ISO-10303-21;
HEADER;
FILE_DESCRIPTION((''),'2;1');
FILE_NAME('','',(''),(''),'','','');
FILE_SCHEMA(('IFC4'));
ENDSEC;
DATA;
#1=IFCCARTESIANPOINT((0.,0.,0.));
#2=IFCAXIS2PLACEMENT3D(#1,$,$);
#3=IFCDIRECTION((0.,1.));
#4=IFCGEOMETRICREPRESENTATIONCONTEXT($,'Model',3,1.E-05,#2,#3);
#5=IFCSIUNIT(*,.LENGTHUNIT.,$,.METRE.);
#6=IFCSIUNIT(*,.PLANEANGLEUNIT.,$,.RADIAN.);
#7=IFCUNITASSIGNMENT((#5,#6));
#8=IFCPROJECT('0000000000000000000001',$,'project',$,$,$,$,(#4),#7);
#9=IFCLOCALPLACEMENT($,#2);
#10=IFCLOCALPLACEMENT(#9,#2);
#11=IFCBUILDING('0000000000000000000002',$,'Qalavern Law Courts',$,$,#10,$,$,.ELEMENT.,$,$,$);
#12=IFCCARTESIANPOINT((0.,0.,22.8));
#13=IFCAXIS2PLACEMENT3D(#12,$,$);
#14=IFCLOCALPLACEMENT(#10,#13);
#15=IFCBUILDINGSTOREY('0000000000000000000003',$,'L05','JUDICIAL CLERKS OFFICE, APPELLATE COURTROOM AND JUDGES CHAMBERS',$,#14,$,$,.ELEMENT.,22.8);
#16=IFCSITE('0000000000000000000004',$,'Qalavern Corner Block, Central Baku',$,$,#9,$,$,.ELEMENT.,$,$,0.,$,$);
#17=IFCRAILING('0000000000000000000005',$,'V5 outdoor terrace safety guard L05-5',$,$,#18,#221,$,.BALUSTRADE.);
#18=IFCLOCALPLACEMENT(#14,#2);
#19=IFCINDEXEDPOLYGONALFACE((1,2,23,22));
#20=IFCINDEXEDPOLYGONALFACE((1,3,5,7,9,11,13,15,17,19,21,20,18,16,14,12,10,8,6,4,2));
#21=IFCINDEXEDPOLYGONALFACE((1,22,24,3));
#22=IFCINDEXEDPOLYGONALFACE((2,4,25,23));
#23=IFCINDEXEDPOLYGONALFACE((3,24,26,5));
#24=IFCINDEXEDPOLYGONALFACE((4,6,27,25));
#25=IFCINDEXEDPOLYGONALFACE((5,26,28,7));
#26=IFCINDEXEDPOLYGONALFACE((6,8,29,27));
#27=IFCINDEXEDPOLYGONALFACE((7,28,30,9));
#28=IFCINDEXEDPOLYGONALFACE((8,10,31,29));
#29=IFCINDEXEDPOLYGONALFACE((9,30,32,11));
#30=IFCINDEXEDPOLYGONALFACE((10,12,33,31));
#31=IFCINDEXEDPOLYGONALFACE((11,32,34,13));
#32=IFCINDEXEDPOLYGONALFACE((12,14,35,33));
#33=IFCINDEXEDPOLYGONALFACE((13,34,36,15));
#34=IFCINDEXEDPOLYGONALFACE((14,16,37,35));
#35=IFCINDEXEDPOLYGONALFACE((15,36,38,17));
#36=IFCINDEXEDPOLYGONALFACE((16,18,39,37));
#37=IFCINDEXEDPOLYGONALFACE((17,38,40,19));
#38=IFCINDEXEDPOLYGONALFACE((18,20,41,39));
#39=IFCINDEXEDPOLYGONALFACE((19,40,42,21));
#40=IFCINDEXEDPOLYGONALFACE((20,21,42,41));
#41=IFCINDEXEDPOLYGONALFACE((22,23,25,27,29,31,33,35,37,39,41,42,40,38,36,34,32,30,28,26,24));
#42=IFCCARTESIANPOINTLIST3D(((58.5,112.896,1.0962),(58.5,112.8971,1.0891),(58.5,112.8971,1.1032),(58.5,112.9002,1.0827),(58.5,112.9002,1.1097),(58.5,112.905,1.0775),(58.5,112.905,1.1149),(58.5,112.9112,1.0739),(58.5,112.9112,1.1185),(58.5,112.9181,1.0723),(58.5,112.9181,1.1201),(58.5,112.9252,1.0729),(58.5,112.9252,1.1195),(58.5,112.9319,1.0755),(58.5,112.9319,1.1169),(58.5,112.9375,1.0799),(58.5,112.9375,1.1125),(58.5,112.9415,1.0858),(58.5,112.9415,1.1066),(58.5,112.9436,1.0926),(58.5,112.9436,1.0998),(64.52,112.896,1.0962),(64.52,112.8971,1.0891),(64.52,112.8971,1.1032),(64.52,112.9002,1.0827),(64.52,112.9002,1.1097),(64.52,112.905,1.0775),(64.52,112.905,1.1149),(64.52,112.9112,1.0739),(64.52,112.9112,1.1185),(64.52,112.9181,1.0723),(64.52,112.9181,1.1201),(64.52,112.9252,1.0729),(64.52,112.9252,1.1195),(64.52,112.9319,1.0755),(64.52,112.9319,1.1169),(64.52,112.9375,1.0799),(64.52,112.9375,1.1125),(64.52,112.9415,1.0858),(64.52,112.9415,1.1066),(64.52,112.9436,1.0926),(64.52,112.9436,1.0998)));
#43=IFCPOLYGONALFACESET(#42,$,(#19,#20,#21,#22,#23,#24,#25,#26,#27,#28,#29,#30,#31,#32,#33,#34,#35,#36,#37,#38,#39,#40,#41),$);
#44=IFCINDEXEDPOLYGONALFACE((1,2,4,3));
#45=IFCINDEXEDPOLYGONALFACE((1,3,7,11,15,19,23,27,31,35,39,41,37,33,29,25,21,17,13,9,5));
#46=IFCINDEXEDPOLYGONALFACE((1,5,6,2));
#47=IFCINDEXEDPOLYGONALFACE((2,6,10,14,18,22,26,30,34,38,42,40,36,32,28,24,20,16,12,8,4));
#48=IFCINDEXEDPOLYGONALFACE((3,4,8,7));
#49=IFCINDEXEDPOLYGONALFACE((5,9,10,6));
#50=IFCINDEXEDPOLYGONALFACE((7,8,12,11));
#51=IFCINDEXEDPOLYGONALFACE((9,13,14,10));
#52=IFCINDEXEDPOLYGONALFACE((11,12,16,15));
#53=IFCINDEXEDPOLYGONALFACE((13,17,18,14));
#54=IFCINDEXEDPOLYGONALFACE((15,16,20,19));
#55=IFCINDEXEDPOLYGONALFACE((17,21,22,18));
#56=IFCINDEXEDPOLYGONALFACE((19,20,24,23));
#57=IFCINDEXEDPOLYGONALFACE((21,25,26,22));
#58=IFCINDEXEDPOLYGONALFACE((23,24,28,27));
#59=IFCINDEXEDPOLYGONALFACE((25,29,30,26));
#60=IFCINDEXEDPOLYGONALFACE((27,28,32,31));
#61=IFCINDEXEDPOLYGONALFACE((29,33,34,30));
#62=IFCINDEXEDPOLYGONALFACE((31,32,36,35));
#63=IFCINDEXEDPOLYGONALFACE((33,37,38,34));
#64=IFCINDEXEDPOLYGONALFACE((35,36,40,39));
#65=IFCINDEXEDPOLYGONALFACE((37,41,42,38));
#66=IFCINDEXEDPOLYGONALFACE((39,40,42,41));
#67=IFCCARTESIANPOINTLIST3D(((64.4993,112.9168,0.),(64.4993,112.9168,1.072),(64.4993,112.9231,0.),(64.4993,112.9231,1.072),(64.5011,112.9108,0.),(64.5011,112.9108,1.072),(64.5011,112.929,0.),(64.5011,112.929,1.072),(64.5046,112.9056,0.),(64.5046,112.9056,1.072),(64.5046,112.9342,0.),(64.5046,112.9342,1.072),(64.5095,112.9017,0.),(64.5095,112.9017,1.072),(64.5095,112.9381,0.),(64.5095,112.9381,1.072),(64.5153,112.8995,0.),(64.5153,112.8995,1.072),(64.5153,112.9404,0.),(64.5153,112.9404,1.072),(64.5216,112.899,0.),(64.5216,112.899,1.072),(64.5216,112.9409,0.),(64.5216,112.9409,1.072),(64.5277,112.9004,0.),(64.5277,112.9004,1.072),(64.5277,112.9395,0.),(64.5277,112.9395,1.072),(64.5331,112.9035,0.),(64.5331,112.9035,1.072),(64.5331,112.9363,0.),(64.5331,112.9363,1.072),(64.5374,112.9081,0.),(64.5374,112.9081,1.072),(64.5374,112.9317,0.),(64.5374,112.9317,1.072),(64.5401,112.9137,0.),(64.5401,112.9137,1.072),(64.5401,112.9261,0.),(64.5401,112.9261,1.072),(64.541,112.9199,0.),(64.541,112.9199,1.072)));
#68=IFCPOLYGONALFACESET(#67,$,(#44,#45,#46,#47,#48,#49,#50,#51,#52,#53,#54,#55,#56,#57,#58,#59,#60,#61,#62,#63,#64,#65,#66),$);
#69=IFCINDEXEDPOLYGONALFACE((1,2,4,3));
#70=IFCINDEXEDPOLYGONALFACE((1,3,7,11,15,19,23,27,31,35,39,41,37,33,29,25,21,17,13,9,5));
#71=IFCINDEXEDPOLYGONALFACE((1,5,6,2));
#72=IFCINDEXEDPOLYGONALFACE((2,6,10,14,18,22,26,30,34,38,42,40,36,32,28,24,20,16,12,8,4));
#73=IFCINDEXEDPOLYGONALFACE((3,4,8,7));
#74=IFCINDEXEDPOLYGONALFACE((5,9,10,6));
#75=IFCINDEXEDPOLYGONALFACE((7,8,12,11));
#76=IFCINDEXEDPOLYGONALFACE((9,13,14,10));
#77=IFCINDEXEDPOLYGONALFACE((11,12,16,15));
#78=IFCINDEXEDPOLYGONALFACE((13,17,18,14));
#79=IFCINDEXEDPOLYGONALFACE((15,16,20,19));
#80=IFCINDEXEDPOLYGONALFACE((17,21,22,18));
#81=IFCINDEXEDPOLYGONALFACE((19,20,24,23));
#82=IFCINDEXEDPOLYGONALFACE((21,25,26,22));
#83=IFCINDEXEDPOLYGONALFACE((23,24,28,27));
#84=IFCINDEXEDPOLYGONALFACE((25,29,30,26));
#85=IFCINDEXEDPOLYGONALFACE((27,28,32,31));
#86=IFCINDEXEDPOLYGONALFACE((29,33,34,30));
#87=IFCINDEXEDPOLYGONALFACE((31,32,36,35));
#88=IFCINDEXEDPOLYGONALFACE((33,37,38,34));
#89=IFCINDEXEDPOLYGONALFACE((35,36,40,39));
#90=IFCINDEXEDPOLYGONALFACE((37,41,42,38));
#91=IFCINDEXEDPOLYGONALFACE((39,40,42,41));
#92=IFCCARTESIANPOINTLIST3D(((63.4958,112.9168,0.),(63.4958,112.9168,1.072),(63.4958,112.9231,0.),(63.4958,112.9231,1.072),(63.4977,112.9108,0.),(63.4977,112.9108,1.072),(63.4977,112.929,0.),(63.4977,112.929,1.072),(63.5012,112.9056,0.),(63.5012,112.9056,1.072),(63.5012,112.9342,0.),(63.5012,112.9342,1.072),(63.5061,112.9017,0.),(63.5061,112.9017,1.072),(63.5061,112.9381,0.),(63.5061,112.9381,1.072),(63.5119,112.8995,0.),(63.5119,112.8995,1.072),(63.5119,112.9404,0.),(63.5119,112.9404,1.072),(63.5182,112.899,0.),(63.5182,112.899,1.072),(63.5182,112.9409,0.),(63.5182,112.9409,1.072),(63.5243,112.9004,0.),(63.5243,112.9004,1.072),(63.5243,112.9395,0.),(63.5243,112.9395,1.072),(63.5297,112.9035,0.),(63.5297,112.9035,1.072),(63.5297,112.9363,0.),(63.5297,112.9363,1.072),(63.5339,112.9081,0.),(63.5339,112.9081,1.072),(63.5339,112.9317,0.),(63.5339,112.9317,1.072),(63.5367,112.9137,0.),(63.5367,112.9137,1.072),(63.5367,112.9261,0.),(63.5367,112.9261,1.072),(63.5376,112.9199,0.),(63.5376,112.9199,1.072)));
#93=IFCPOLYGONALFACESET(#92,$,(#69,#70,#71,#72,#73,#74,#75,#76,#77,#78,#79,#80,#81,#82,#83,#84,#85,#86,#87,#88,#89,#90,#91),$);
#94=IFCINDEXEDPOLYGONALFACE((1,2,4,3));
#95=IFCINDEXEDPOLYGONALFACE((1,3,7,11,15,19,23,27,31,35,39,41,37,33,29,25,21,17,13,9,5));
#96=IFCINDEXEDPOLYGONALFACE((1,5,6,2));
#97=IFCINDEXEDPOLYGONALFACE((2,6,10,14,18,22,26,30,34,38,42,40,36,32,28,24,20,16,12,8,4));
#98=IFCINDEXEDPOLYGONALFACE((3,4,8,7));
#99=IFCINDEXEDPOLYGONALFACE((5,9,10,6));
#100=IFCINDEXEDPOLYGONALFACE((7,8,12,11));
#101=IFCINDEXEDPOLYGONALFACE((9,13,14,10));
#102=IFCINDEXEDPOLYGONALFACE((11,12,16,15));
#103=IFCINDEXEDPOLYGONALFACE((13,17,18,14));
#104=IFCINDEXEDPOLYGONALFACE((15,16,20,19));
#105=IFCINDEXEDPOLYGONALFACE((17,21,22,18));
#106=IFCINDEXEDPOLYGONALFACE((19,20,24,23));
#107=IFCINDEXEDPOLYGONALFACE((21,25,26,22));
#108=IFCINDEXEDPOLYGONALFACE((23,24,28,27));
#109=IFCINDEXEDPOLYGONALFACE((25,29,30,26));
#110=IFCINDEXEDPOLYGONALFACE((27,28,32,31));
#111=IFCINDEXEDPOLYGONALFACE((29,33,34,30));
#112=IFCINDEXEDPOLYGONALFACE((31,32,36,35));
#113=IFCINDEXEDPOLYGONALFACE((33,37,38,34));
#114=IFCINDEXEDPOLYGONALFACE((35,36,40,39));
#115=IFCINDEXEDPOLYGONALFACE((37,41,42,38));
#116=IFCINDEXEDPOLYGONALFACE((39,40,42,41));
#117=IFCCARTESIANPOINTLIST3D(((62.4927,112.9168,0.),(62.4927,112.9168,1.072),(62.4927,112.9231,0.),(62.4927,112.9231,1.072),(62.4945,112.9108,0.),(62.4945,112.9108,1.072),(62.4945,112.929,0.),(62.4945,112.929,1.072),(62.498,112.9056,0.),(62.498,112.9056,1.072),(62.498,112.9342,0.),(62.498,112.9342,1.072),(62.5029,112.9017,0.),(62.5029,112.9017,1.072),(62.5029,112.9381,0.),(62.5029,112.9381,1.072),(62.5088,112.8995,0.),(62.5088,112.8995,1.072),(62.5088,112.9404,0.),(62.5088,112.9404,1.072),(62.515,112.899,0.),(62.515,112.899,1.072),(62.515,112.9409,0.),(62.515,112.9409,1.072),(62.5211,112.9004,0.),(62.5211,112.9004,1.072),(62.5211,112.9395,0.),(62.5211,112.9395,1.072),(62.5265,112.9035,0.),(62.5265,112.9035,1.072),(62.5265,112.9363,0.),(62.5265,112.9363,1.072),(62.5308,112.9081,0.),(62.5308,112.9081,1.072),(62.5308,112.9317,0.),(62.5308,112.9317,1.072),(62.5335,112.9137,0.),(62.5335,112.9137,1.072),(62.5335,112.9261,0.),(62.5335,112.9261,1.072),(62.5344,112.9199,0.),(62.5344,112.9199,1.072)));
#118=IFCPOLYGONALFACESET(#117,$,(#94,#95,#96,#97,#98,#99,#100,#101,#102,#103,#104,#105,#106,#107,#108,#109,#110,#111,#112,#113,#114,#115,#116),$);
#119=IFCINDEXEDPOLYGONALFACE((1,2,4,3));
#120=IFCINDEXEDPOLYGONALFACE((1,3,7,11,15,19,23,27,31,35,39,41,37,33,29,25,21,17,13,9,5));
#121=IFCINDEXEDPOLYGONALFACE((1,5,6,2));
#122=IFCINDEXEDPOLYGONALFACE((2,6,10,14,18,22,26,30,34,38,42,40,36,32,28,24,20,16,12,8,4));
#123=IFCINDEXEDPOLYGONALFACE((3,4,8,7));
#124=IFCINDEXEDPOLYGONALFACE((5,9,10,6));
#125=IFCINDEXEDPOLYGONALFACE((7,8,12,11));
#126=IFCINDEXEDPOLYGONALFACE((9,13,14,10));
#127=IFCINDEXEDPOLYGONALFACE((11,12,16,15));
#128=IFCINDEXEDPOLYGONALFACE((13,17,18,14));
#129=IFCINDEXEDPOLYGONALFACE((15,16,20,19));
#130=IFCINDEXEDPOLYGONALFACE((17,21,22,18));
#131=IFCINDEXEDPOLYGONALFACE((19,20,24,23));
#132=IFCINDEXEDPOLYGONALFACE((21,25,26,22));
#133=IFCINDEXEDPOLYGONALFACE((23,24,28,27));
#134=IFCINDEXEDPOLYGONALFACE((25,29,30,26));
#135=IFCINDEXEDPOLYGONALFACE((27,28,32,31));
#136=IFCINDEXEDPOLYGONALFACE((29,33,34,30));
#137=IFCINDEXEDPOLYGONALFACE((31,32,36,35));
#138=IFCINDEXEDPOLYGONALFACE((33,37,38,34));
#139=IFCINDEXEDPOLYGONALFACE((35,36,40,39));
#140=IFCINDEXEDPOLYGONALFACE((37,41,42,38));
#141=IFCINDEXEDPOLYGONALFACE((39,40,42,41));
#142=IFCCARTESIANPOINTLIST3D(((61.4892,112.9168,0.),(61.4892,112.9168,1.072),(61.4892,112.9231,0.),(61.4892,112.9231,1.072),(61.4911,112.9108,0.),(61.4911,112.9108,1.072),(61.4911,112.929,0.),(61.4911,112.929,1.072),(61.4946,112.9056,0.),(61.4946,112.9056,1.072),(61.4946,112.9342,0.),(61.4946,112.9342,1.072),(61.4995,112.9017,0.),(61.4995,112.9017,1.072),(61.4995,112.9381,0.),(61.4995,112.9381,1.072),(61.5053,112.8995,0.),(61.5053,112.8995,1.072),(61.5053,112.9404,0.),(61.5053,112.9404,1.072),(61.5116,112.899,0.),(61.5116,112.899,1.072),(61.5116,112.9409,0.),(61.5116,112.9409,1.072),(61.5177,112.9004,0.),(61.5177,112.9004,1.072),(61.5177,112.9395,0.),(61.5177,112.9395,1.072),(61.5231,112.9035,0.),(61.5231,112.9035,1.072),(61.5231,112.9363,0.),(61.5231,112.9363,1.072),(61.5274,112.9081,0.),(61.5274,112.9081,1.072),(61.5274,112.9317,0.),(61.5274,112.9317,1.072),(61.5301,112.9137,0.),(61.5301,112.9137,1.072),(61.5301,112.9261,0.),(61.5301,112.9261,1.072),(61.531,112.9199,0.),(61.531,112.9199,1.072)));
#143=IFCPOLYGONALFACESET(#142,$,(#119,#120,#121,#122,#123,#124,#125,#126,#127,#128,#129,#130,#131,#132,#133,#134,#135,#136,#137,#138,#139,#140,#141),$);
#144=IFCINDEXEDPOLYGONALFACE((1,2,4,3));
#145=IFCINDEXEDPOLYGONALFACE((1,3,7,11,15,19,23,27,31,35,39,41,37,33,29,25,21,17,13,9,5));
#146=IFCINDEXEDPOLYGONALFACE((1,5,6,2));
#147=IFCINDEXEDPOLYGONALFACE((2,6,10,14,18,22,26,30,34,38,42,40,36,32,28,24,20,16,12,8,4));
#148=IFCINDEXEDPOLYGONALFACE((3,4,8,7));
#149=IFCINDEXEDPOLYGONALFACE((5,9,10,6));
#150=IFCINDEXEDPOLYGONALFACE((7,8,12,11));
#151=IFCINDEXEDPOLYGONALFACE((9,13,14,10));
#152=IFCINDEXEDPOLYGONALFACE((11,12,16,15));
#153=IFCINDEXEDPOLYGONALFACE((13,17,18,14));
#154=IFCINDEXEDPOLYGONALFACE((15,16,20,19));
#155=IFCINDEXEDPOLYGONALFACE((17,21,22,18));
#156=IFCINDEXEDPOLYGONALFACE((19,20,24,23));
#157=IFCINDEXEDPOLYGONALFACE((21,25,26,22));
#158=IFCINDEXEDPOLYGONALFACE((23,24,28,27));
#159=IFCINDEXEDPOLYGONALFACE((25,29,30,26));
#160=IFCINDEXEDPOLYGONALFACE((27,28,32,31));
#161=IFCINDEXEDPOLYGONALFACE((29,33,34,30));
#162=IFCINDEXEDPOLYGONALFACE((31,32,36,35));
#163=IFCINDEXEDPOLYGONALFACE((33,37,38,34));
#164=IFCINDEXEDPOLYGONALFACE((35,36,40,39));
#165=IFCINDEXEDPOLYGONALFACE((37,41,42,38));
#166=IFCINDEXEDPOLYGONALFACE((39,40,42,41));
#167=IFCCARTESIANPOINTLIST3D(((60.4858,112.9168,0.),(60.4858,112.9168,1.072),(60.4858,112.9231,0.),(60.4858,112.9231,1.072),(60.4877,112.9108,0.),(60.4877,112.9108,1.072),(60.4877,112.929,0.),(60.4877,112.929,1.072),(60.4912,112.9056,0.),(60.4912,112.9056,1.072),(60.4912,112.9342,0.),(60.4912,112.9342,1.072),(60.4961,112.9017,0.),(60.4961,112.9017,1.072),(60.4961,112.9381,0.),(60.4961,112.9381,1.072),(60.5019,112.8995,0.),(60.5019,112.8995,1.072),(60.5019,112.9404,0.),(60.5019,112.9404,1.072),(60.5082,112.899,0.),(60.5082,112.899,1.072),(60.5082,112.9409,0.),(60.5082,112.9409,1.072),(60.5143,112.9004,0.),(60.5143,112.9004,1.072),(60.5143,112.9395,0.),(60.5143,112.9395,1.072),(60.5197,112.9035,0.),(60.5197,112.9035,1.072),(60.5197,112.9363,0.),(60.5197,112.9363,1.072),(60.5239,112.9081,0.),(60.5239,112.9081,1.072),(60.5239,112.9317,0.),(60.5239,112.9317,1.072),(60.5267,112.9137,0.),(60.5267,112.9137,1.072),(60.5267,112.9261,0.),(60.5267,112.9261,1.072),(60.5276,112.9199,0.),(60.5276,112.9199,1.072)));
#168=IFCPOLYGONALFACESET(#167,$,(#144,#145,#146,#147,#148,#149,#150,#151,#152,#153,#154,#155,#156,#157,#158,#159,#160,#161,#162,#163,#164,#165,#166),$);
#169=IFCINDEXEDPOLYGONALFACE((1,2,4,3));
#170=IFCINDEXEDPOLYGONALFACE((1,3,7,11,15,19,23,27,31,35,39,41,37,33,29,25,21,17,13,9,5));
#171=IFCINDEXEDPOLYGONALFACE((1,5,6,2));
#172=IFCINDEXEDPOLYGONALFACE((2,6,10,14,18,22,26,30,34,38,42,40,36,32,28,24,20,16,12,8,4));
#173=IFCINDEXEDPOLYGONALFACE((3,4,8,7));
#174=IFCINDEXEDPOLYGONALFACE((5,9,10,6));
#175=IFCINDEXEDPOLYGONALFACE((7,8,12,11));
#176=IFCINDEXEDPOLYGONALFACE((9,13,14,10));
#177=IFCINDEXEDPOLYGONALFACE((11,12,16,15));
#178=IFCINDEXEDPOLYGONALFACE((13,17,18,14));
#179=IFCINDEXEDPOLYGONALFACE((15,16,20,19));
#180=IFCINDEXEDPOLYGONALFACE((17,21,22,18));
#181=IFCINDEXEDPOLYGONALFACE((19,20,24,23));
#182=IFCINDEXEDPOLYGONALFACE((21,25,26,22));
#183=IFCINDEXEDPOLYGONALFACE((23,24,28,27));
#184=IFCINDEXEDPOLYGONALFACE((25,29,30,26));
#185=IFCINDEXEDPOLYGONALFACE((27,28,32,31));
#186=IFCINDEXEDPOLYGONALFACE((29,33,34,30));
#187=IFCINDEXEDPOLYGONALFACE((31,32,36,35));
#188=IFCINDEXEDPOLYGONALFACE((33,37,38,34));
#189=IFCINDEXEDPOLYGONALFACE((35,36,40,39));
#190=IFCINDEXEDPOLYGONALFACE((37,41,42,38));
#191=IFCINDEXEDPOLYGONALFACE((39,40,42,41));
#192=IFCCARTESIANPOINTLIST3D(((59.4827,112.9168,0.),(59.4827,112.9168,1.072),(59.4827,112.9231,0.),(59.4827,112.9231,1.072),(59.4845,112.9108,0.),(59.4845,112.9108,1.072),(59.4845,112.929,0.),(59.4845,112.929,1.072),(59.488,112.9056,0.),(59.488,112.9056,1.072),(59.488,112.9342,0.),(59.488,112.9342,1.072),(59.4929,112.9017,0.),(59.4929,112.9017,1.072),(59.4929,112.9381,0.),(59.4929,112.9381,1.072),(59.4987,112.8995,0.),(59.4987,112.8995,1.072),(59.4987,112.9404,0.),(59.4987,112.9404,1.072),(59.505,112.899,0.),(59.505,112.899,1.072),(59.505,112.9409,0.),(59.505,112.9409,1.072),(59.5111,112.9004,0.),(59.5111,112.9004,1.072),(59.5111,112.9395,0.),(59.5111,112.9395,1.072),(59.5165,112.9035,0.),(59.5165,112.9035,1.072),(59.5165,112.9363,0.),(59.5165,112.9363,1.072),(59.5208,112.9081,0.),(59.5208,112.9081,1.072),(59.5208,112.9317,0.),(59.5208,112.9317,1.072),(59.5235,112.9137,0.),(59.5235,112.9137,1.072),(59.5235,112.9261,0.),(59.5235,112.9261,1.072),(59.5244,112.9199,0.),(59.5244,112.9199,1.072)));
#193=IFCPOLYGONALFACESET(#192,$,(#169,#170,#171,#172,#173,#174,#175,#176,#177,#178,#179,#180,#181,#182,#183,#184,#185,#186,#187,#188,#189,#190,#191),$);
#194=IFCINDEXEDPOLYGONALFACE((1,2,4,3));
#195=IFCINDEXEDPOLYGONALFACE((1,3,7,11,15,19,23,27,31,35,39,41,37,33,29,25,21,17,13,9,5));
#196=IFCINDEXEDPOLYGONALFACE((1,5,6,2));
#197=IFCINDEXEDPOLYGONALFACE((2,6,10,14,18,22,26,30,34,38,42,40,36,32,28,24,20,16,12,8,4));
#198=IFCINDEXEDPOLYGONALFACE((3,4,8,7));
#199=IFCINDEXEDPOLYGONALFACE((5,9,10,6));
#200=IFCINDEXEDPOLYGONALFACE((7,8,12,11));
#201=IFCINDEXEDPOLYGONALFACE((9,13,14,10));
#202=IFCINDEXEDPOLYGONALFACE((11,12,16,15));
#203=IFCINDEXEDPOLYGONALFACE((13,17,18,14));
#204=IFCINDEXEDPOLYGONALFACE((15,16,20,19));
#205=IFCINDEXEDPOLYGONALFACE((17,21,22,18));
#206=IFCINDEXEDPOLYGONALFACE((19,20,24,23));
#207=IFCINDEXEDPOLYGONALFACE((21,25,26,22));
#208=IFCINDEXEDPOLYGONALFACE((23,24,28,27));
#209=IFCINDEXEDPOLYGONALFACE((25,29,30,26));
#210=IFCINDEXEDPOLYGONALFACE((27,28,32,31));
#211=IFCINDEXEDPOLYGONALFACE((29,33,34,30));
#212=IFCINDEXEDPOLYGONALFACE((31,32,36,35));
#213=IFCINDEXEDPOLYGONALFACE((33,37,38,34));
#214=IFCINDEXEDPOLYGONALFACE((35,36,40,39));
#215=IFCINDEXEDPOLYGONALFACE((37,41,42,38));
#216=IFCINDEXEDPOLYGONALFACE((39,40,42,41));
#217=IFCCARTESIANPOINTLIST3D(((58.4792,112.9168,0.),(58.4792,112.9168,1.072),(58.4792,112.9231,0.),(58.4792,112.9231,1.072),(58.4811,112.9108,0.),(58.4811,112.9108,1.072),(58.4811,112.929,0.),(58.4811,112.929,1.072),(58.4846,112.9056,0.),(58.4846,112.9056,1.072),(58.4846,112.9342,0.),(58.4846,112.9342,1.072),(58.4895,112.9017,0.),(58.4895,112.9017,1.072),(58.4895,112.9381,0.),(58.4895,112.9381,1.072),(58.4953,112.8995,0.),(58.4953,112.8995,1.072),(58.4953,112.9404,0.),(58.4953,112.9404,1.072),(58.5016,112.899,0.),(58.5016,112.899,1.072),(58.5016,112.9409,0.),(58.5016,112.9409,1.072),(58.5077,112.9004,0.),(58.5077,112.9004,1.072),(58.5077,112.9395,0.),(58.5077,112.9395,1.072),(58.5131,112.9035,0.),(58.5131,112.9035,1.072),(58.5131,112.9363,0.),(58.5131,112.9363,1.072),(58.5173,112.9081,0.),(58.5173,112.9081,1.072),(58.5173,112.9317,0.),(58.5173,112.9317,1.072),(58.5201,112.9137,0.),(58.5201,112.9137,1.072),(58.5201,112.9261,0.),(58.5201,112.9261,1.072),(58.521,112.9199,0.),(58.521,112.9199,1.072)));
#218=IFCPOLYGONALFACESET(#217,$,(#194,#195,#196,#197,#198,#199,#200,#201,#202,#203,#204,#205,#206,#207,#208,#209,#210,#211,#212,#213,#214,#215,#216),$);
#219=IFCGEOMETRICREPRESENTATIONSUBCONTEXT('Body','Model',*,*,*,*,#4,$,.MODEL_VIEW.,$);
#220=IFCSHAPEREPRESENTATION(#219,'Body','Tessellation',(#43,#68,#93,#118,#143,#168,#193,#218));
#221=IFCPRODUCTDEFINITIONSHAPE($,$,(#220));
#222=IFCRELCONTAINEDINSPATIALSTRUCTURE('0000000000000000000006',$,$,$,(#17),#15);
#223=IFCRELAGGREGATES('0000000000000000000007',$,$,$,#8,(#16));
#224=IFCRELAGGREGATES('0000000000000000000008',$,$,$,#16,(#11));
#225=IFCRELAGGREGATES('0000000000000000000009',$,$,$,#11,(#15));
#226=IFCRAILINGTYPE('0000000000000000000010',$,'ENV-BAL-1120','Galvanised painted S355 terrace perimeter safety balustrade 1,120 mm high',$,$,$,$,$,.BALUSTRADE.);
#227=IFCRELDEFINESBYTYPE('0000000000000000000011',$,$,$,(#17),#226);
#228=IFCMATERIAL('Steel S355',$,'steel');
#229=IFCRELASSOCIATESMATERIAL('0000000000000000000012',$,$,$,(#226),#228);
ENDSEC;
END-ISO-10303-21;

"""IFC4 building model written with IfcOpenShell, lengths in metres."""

from ifc_helpers import new_model, si_unit, direction, frame, origin, origin_2d, place, context, subcontext, project, spatial, circle, extrude, material, type_object, element, save


model = new_model("IFC4")

# Units and contexts
model_context = context("Model", 3, precision=1e-05, world=origin(), true_north=direction((0.0, 1.0)))
body_context = subcontext(model_context, "Body", "Model", "MODEL_VIEW")
ifc_project = project(units=[si_unit("LENGTHUNIT", "METRE"), si_unit("PLANEANGLEUNIT", "RADIAN")], contexts=[model_context])

# Site, building, storey
site_placement = place(None, origin())
site = spatial("IfcSite", under=ifc_project, at=site_placement, Name="Qalavern Corner Block, Central Baku", CompositionType="ELEMENT", RefElevation=0.0)
building_placement = place(site_placement, origin())
building = spatial("IfcBuilding", under=site, at=building_placement, Name="Qalavern Law Courts", CompositionType="ELEMENT")
storey_placement = place(building_placement, frame((0.0, 0.0, 22.8)))
storey = spatial("IfcBuildingStorey", under=building, at=storey_placement, Name="L05", Description="JUDICIAL CLERKS OFFICE, APPELLATE COURTROOM AND JUDGES CHAMBERS", CompositionType="ELEMENT", Elevation=22.8)

# Railing
ifc_material_1 = material(Name="Steel S355", Category="steel")
railing_type = type_object("IfcRailingType", Name="ENV-BAL-1120", Description="Galvanised painted S355 terrace perimeter safety balustrade 1,120 mm high", PredefinedType="BALUSTRADE", material=ifc_material_1)
railing_placement = place(storey_placement, frame((64.52, 112.9199, 0.0)))
element("IfcRailing", 1, at=railing_placement, inside=storey, type_object=railing_type, Name="V5 outdoor terrace safety guard L05-5", PredefinedType="BALUSTRADE", context=body_context, shape_type="SweptSolid", body=[
    extrude(circle(Radius=0.0239, at=origin_2d()), frame((0.0, 0.0, 1.0962), z_axis=(-1.0, 0.0, 0.0), x_axis=(0.0, -1.0, 0.0)), (0.0, 0.0, 1.0), 6.02),
    extrude(circle(Radius=0.021, at=origin_2d()), origin(), (0.0, 0.0, 1.0), 1.072),
    extrude(circle(Radius=0.021, at=origin_2d()), frame((-1.0034, 0.0, 0.0)), (0.0, 0.0, 1.0), 1.072),
    extrude(circle(Radius=0.021, at=origin_2d()), frame((-2.0066, 0.0, 0.0)), (0.0, 0.0, 1.0), 1.072),
    extrude(circle(Radius=0.021, at=origin_2d()), frame((-3.01, 0.0, 0.0)), (0.0, 0.0, 1.0), 1.072),
    extrude(circle(Radius=0.021, at=origin_2d()), frame((-4.0134, 0.0, 0.0)), (0.0, 0.0, 1.0), 1.072),
    extrude(circle(Radius=0.021, at=origin_2d()), frame((-5.0166, 0.0, 0.0)), (0.0, 0.0, 1.0), 1.072),
    extrude(circle(Radius=0.021, at=origin_2d()), frame((-6.02, 0.0, 0.0)), (0.0, 0.0, 1.0), 1.072),
])

save(model, "model.ifc")
